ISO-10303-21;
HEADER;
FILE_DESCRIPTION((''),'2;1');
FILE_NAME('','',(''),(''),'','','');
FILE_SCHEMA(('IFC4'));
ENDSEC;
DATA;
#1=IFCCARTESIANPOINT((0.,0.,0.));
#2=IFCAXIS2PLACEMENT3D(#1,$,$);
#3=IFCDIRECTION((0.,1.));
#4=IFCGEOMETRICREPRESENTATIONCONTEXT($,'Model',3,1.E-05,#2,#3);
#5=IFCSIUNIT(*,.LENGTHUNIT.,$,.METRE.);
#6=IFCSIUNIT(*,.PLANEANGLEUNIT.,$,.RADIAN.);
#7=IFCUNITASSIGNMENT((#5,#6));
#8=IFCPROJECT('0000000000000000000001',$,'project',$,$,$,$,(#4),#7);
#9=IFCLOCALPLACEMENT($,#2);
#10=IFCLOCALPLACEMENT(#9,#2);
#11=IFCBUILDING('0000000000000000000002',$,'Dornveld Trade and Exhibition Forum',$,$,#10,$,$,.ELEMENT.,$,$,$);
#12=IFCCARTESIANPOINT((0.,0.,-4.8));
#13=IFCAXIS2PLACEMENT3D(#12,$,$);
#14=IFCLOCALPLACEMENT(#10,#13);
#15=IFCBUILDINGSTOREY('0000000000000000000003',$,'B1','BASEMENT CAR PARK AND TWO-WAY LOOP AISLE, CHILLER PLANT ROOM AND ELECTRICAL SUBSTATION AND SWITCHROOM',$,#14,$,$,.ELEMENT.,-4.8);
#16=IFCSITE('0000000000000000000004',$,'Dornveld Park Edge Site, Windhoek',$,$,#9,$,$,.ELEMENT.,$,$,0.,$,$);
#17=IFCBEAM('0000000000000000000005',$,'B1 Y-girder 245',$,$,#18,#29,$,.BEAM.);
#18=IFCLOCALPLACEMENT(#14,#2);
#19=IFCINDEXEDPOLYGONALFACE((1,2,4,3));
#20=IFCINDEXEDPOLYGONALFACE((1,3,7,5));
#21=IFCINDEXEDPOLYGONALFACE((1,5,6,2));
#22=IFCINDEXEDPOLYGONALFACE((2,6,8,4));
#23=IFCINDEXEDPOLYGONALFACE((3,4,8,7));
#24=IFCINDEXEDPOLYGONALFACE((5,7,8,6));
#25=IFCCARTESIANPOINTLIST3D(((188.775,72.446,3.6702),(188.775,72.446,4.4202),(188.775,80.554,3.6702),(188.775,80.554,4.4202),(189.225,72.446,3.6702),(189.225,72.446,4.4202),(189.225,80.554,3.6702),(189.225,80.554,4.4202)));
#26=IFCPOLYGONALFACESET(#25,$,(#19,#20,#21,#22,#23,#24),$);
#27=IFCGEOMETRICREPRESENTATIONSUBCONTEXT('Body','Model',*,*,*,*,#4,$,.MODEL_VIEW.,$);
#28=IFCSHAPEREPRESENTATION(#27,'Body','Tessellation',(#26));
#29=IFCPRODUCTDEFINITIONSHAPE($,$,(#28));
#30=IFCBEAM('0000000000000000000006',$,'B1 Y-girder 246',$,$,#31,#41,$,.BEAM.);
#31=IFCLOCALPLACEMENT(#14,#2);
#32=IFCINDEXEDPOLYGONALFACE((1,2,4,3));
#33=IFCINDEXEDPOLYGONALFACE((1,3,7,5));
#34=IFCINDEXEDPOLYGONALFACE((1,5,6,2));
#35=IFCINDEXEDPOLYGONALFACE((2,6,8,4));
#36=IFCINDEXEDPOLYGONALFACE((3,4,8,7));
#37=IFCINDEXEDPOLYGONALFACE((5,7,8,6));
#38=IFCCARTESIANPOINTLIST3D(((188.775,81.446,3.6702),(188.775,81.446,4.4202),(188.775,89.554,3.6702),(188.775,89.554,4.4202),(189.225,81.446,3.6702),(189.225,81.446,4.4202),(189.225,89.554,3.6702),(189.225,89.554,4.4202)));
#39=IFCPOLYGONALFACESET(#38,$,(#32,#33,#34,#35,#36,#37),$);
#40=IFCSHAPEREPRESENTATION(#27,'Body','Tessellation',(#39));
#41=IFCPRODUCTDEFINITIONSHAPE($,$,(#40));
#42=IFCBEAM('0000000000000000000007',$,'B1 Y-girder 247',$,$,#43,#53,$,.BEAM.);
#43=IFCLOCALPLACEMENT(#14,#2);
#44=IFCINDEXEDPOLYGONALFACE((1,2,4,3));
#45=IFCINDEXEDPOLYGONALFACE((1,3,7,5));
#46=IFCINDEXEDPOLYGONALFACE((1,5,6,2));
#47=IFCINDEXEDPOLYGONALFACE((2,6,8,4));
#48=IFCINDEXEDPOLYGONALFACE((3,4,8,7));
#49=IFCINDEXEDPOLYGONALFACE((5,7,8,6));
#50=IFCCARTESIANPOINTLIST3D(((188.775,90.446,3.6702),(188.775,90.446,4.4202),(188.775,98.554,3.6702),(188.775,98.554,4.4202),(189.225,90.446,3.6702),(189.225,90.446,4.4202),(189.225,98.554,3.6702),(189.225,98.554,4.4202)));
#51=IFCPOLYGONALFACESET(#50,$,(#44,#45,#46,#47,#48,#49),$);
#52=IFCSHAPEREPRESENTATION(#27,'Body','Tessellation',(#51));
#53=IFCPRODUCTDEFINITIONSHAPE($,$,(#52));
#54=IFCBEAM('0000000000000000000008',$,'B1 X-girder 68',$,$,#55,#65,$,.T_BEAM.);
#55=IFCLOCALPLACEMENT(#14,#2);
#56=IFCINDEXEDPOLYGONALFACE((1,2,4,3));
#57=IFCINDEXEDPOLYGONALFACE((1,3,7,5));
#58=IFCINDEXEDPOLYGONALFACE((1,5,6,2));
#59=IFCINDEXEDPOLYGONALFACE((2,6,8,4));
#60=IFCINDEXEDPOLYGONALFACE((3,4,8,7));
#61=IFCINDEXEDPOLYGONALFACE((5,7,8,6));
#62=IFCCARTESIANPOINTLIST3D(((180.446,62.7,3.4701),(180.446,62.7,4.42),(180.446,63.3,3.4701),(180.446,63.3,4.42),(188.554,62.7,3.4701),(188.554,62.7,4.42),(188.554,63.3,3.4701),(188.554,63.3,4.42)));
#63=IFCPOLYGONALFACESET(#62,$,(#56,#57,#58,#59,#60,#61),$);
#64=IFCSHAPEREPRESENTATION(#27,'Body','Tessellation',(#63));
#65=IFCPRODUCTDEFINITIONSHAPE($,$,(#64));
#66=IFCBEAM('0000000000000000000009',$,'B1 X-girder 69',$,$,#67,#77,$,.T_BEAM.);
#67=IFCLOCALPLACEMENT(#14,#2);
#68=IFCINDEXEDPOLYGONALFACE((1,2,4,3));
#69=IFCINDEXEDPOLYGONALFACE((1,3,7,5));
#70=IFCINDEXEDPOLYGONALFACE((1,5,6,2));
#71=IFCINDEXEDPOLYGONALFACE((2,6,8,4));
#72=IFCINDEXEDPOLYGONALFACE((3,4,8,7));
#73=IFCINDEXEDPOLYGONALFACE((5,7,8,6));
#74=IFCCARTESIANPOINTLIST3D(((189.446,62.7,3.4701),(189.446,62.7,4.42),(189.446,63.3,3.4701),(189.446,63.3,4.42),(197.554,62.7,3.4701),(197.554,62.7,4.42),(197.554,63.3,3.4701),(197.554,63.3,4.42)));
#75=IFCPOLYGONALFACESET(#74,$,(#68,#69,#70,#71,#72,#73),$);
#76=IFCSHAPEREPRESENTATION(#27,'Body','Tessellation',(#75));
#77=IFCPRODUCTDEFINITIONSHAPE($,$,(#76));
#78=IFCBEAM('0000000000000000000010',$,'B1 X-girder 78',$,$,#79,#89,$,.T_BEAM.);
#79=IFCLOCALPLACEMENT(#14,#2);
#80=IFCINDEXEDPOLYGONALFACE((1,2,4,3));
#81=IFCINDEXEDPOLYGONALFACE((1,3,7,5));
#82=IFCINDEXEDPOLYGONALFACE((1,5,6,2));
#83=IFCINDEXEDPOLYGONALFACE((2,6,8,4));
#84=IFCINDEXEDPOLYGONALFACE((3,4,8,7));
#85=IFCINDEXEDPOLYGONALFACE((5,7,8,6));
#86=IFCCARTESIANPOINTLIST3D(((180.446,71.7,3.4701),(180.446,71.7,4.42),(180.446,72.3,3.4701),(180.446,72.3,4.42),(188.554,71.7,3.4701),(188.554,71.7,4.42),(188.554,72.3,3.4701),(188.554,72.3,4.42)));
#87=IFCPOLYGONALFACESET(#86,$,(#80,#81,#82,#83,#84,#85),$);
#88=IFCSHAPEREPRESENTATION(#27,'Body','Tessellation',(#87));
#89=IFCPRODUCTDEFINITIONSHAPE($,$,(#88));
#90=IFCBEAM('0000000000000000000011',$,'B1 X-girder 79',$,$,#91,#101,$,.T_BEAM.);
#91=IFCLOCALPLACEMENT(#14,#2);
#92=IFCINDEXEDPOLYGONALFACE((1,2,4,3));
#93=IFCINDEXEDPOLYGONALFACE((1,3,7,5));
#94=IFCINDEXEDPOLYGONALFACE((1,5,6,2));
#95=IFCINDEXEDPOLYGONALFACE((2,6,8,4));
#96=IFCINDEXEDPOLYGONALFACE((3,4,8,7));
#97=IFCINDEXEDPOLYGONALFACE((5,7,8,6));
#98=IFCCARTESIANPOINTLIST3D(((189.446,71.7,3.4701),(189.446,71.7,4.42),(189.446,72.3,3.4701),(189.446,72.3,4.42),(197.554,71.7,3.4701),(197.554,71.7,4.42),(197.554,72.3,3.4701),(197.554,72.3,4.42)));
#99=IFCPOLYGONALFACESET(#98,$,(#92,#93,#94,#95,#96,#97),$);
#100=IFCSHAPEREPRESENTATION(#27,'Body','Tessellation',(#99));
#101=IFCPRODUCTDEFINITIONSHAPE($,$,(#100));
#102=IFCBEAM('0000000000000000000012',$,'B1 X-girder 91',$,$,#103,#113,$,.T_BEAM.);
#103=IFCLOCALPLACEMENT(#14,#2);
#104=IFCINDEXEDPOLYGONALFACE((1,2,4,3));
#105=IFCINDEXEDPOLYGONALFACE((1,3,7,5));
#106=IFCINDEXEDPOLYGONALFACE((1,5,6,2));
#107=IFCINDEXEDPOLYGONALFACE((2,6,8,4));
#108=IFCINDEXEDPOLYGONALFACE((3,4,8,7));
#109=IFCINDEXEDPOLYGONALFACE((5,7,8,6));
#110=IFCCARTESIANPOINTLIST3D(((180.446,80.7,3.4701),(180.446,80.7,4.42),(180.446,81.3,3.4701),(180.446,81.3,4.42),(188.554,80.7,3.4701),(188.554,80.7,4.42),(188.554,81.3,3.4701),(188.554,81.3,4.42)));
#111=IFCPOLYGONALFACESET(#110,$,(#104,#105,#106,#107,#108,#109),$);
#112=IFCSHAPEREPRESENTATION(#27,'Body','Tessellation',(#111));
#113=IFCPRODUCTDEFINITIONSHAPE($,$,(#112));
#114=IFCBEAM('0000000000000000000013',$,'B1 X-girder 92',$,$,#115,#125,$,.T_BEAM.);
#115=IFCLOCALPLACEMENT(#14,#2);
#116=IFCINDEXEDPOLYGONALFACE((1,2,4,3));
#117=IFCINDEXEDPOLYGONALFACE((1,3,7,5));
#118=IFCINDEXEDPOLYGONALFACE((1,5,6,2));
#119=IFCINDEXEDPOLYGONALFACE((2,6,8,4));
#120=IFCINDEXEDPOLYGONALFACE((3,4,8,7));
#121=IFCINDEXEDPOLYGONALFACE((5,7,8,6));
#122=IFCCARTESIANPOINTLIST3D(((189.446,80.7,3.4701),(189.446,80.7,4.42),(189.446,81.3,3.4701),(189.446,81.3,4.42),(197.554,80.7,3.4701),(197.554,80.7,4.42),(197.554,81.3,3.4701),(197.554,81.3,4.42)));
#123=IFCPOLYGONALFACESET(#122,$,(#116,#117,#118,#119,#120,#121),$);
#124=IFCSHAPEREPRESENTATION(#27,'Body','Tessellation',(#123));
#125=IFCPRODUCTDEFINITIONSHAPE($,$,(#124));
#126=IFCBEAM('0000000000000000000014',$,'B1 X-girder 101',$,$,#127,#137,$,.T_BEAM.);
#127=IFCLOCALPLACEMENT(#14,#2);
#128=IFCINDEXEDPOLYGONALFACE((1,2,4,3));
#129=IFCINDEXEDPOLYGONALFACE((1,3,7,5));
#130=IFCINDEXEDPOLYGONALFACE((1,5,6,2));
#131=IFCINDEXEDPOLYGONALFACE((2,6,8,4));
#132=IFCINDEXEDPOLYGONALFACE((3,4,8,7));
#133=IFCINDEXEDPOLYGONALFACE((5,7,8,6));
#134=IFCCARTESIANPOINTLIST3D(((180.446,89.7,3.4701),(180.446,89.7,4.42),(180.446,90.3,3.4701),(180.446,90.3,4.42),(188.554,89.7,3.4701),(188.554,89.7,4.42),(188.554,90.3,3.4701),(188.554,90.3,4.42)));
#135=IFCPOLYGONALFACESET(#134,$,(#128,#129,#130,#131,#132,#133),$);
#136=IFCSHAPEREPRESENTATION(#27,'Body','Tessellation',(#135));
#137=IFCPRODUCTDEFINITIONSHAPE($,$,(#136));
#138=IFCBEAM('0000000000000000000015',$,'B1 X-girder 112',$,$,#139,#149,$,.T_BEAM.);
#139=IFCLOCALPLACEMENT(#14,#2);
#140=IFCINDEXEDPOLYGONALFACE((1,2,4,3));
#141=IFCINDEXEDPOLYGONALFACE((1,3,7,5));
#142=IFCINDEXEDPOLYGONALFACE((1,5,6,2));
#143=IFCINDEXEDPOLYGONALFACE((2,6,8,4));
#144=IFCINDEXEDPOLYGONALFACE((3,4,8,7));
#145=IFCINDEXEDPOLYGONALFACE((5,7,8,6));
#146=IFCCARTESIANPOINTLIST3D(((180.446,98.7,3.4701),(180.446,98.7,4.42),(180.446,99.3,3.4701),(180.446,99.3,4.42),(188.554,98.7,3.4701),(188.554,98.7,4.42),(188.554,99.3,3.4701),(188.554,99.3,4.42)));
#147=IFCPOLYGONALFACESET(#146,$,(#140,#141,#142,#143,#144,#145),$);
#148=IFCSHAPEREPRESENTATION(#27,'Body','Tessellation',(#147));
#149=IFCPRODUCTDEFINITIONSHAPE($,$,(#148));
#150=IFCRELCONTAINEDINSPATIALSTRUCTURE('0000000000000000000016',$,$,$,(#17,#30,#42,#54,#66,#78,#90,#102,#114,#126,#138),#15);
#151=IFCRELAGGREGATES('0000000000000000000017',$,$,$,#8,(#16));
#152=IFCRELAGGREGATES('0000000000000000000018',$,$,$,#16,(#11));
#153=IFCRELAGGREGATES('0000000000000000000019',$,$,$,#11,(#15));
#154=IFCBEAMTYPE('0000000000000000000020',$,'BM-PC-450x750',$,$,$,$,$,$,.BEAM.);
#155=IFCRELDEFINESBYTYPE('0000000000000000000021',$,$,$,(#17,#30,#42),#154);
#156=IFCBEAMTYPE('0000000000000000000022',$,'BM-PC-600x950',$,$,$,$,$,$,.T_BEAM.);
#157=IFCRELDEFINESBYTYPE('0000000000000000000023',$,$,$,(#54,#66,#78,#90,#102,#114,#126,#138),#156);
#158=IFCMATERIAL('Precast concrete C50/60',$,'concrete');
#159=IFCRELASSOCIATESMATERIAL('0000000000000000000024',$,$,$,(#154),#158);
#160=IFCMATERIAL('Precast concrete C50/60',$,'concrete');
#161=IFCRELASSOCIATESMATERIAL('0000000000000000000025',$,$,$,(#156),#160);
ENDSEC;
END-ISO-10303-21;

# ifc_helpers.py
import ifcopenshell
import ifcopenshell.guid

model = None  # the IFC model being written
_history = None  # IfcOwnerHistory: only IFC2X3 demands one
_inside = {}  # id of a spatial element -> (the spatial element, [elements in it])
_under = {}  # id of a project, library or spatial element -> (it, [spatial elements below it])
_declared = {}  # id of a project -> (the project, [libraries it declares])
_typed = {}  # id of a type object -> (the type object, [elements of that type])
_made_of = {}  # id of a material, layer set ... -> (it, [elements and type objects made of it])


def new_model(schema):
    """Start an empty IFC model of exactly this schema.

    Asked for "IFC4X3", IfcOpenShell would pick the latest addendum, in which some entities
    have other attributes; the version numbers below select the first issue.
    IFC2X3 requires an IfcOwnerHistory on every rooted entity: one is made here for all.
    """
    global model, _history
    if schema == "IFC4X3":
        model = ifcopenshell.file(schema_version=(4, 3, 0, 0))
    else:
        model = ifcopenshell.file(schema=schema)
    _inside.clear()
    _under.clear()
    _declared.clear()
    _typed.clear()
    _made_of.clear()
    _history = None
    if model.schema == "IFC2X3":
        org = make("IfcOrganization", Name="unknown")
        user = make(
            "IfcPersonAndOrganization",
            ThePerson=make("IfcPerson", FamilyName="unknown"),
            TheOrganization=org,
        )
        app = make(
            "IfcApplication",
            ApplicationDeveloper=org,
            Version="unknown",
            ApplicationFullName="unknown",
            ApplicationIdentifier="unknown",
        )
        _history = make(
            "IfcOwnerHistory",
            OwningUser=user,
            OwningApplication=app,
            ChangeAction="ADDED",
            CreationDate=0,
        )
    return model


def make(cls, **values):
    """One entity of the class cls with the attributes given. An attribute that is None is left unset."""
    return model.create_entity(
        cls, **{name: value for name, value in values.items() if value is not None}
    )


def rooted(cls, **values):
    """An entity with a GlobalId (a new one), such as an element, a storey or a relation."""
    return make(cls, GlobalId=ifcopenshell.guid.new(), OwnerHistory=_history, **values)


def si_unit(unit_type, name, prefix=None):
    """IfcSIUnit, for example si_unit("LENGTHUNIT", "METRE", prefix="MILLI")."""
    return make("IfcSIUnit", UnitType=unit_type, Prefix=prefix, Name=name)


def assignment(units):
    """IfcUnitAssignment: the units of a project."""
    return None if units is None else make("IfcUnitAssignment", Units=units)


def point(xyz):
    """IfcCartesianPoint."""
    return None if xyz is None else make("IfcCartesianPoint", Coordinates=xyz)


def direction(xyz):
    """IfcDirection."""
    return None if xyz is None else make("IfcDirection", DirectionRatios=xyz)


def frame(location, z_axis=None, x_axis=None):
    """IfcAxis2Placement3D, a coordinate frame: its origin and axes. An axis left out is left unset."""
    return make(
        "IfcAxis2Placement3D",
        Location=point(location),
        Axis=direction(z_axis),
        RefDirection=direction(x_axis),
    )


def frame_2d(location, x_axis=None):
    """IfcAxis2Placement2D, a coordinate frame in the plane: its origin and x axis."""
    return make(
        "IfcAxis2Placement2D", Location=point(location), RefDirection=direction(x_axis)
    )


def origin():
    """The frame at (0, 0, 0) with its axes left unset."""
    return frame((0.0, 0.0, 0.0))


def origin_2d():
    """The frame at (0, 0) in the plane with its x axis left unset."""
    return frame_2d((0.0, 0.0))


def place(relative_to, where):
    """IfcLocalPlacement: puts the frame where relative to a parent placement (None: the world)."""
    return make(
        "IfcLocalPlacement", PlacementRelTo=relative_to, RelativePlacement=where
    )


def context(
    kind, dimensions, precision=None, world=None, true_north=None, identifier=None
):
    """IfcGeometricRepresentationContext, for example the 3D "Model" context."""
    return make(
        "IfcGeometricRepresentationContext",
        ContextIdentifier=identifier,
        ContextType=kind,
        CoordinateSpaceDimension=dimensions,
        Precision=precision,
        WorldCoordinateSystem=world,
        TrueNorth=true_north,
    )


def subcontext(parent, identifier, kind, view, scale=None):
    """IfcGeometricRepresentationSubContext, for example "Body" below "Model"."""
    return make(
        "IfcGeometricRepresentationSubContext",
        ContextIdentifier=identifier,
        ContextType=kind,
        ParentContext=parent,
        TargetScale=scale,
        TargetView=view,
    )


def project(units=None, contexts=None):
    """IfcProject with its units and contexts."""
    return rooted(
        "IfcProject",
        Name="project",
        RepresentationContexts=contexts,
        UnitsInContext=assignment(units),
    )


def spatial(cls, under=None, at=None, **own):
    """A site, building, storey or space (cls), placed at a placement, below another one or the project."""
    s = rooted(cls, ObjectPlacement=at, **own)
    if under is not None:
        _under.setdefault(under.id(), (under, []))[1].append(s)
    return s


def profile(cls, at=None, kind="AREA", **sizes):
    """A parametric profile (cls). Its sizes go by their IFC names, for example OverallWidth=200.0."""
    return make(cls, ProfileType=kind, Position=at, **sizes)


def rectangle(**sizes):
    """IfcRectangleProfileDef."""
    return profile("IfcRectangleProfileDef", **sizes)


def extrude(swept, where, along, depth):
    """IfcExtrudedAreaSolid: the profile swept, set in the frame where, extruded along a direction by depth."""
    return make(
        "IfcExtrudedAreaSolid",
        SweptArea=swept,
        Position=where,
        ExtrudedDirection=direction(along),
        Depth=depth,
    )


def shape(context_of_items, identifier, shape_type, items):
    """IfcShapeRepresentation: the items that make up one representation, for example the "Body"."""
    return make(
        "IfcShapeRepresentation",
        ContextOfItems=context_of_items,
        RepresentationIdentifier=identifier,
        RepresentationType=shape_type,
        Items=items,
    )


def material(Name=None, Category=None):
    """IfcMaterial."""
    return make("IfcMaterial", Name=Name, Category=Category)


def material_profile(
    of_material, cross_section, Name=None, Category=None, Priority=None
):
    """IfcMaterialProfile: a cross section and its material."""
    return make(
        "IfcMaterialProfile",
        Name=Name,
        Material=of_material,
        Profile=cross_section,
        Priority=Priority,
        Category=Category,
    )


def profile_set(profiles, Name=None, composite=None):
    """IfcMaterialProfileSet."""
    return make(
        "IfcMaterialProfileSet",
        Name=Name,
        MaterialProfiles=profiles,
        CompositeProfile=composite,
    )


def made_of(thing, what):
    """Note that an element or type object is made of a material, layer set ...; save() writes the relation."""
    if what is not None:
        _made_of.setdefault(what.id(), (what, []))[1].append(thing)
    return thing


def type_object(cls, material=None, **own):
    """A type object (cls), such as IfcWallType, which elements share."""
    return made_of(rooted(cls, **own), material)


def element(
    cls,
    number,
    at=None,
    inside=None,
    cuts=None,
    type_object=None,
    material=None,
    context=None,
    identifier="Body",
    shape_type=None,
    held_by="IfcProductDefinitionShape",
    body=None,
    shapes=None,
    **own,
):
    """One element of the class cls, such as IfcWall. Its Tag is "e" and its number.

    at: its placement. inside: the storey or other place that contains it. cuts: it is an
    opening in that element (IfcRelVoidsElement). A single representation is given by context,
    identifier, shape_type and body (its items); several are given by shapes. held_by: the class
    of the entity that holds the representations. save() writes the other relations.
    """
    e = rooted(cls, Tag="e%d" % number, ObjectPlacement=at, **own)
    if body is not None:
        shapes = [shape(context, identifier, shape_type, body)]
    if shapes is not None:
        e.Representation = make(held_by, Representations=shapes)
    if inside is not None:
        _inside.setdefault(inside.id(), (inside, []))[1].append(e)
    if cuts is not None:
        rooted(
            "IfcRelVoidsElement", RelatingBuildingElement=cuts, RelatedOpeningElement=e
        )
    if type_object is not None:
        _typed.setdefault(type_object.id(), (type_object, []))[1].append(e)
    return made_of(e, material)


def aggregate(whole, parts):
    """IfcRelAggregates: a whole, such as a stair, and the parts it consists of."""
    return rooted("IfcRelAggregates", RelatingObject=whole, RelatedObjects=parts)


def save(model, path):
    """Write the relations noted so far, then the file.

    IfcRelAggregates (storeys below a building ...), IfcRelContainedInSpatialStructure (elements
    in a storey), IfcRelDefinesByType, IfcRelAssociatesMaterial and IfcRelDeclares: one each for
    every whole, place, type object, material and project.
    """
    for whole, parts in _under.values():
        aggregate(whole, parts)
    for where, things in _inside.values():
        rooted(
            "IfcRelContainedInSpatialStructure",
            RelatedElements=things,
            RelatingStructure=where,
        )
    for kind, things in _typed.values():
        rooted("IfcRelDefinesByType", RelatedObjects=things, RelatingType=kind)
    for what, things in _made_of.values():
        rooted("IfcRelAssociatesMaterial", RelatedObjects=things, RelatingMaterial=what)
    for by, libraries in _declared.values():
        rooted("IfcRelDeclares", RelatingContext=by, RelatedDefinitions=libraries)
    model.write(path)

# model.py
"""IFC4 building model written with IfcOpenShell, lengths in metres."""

from ifc_helpers import new_model, si_unit, direction, frame, origin, origin_2d, place, context, subcontext, project, spatial, rectangle, extrude, material, material_profile, profile_set, type_object, element, save


model = new_model("IFC4")

# Units and contexts
model_context = context("Model", 3, precision=1e-05, world=origin(), true_north=direction((0.0, 1.0)))
body_context = subcontext(model_context, "Body", "Model", "MODEL_VIEW")
ifc_project = project(units=[si_unit("LENGTHUNIT", "METRE"), si_unit("PLANEANGLEUNIT", "RADIAN")], contexts=[model_context])

# Site, building, storey
site_placement = place(None, origin())
site = spatial("IfcSite", under=ifc_project, at=site_placement, Name="Dornveld Park Edge Site, Windhoek", CompositionType="ELEMENT", RefElevation=0.0)
building_placement = place(site_placement, origin())
building = spatial("IfcBuilding", under=site, at=building_placement, Name="Dornveld Trade and Exhibition Forum", CompositionType="ELEMENT")
storey_placement = place(building_placement, frame((0.0, 0.0, -4.8)))
storey = spatial("IfcBuildingStorey", under=building, at=storey_placement, Name="B1", Description="BASEMENT CAR PARK AND TWO-WAY LOOP AISLE, CHILLER PLANT ROOM AND ELECTRICAL SUBSTATION AND SWITCHROOM", CompositionType="ELEMENT", Elevation=-4.8)

# Beams
ifc_material_1 = material(Name="Precast concrete C50/60", Category="concrete")
ifc_material_profile_1 = material_profile(ifc_material_1, rectangle(XDim=0.45, YDim=0.75, at=origin_2d()), Name="PC-BM 450x750")
ifc_profile_set_1 = profile_set([ifc_material_profile_1], Name="Precast concrete C50/60")
beam_type_1 = type_object("IfcBeamType", Name="BM-PC-450x750", PredefinedType="BEAM", material=ifc_profile_set_1)
for number, where, z_axis, x_axis, name in (
    (1, (189.0, 72.446, 4.0452), (0.0, 1.0, 0.0), (-1.0, 0.0, 0.0), "B1 Y-girder 245"),
    (2, (189.0, 81.446, 4.0452), (0.0, 1.0, 0.0), (-1.0, 0.0, 0.0), "B1 Y-girder 246"),
    (3, (189.0, 90.446, 4.0452), (0.0, 1.0, 0.0), (-1.0, 0.0, 0.0), "B1 Y-girder 247"),
):
    element("IfcBeam", number, at=place(storey_placement, frame(where, z_axis=z_axis, x_axis=x_axis)), inside=storey, type_object=beam_type_1, Name=name, PredefinedType="BEAM", context=body_context, shape_type="SweptSolid", body=[
        extrude(rectangle(XDim=0.45, YDim=0.75, at=origin_2d()), origin(), (0.0, 0.0, 1.0), 8.1079),
    ])
ifc_material_2 = material(Name="Precast concrete C50/60", Category="concrete")
ifc_material_profile_2 = material_profile(ifc_material_2, rectangle(XDim=0.6001, YDim=0.95, at=origin_2d()), Name="PC-GIR 600x950")
ifc_profile_set_2 = profile_set([ifc_material_profile_2], Name="Precast concrete C50/60")
beam_type_2 = type_object("IfcBeamType", Name="BM-PC-600x950", PredefinedType="T_BEAM", material=ifc_profile_set_2)
for number, where, z_axis, x_axis, name in (
    (4, (180.446, 63.0, 3.9451), (1.0, 0.0, 0.0), (0.0, 1.0, 0.0), "B1 X-girder 68"),
    (5, (189.446, 63.0, 3.9451), (1.0, 0.0, 0.0), (0.0, 1.0, 0.0), "B1 X-girder 69"),
    (6, (180.446, 72.0, 3.9451), (1.0, 0.0, 0.0), (0.0, 1.0, 0.0), "B1 X-girder 78"),
    (7, (189.446, 72.0, 3.9451), (1.0, 0.0, 0.0), (0.0, 1.0, 0.0), "B1 X-girder 79"),
    (8, (180.446, 81.0, 3.9451), (1.0, 0.0, 0.0), (0.0, 1.0, 0.0), "B1 X-girder 91"),
    (9, (189.446, 81.0, 3.9451), (1.0, 0.0, 0.0), (0.0, 1.0, 0.0), "B1 X-girder 92"),
    (10, (180.446, 90.0, 3.9451), (1.0, 0.0, 0.0), (0.0, 1.0, 0.0), "B1 X-girder 101"),
    (11, (180.446, 99.0, 3.9451), (1.0, 0.0, 0.0), (0.0, 1.0, 0.0), "B1 X-girder 112"),
):
    element("IfcBeam", number, at=place(storey_placement, frame(where, z_axis=z_axis, x_axis=x_axis)), inside=storey, type_object=beam_type_2, Name=name, PredefinedType="T_BEAM", context=body_context, shape_type="SweptSolid", body=[
        extrude(rectangle(XDim=0.6001, YDim=0.95, at=origin_2d()), origin(), (0.0, 0.0, 1.0), 8.1079),
    ])

save(model, "model.ifc")
